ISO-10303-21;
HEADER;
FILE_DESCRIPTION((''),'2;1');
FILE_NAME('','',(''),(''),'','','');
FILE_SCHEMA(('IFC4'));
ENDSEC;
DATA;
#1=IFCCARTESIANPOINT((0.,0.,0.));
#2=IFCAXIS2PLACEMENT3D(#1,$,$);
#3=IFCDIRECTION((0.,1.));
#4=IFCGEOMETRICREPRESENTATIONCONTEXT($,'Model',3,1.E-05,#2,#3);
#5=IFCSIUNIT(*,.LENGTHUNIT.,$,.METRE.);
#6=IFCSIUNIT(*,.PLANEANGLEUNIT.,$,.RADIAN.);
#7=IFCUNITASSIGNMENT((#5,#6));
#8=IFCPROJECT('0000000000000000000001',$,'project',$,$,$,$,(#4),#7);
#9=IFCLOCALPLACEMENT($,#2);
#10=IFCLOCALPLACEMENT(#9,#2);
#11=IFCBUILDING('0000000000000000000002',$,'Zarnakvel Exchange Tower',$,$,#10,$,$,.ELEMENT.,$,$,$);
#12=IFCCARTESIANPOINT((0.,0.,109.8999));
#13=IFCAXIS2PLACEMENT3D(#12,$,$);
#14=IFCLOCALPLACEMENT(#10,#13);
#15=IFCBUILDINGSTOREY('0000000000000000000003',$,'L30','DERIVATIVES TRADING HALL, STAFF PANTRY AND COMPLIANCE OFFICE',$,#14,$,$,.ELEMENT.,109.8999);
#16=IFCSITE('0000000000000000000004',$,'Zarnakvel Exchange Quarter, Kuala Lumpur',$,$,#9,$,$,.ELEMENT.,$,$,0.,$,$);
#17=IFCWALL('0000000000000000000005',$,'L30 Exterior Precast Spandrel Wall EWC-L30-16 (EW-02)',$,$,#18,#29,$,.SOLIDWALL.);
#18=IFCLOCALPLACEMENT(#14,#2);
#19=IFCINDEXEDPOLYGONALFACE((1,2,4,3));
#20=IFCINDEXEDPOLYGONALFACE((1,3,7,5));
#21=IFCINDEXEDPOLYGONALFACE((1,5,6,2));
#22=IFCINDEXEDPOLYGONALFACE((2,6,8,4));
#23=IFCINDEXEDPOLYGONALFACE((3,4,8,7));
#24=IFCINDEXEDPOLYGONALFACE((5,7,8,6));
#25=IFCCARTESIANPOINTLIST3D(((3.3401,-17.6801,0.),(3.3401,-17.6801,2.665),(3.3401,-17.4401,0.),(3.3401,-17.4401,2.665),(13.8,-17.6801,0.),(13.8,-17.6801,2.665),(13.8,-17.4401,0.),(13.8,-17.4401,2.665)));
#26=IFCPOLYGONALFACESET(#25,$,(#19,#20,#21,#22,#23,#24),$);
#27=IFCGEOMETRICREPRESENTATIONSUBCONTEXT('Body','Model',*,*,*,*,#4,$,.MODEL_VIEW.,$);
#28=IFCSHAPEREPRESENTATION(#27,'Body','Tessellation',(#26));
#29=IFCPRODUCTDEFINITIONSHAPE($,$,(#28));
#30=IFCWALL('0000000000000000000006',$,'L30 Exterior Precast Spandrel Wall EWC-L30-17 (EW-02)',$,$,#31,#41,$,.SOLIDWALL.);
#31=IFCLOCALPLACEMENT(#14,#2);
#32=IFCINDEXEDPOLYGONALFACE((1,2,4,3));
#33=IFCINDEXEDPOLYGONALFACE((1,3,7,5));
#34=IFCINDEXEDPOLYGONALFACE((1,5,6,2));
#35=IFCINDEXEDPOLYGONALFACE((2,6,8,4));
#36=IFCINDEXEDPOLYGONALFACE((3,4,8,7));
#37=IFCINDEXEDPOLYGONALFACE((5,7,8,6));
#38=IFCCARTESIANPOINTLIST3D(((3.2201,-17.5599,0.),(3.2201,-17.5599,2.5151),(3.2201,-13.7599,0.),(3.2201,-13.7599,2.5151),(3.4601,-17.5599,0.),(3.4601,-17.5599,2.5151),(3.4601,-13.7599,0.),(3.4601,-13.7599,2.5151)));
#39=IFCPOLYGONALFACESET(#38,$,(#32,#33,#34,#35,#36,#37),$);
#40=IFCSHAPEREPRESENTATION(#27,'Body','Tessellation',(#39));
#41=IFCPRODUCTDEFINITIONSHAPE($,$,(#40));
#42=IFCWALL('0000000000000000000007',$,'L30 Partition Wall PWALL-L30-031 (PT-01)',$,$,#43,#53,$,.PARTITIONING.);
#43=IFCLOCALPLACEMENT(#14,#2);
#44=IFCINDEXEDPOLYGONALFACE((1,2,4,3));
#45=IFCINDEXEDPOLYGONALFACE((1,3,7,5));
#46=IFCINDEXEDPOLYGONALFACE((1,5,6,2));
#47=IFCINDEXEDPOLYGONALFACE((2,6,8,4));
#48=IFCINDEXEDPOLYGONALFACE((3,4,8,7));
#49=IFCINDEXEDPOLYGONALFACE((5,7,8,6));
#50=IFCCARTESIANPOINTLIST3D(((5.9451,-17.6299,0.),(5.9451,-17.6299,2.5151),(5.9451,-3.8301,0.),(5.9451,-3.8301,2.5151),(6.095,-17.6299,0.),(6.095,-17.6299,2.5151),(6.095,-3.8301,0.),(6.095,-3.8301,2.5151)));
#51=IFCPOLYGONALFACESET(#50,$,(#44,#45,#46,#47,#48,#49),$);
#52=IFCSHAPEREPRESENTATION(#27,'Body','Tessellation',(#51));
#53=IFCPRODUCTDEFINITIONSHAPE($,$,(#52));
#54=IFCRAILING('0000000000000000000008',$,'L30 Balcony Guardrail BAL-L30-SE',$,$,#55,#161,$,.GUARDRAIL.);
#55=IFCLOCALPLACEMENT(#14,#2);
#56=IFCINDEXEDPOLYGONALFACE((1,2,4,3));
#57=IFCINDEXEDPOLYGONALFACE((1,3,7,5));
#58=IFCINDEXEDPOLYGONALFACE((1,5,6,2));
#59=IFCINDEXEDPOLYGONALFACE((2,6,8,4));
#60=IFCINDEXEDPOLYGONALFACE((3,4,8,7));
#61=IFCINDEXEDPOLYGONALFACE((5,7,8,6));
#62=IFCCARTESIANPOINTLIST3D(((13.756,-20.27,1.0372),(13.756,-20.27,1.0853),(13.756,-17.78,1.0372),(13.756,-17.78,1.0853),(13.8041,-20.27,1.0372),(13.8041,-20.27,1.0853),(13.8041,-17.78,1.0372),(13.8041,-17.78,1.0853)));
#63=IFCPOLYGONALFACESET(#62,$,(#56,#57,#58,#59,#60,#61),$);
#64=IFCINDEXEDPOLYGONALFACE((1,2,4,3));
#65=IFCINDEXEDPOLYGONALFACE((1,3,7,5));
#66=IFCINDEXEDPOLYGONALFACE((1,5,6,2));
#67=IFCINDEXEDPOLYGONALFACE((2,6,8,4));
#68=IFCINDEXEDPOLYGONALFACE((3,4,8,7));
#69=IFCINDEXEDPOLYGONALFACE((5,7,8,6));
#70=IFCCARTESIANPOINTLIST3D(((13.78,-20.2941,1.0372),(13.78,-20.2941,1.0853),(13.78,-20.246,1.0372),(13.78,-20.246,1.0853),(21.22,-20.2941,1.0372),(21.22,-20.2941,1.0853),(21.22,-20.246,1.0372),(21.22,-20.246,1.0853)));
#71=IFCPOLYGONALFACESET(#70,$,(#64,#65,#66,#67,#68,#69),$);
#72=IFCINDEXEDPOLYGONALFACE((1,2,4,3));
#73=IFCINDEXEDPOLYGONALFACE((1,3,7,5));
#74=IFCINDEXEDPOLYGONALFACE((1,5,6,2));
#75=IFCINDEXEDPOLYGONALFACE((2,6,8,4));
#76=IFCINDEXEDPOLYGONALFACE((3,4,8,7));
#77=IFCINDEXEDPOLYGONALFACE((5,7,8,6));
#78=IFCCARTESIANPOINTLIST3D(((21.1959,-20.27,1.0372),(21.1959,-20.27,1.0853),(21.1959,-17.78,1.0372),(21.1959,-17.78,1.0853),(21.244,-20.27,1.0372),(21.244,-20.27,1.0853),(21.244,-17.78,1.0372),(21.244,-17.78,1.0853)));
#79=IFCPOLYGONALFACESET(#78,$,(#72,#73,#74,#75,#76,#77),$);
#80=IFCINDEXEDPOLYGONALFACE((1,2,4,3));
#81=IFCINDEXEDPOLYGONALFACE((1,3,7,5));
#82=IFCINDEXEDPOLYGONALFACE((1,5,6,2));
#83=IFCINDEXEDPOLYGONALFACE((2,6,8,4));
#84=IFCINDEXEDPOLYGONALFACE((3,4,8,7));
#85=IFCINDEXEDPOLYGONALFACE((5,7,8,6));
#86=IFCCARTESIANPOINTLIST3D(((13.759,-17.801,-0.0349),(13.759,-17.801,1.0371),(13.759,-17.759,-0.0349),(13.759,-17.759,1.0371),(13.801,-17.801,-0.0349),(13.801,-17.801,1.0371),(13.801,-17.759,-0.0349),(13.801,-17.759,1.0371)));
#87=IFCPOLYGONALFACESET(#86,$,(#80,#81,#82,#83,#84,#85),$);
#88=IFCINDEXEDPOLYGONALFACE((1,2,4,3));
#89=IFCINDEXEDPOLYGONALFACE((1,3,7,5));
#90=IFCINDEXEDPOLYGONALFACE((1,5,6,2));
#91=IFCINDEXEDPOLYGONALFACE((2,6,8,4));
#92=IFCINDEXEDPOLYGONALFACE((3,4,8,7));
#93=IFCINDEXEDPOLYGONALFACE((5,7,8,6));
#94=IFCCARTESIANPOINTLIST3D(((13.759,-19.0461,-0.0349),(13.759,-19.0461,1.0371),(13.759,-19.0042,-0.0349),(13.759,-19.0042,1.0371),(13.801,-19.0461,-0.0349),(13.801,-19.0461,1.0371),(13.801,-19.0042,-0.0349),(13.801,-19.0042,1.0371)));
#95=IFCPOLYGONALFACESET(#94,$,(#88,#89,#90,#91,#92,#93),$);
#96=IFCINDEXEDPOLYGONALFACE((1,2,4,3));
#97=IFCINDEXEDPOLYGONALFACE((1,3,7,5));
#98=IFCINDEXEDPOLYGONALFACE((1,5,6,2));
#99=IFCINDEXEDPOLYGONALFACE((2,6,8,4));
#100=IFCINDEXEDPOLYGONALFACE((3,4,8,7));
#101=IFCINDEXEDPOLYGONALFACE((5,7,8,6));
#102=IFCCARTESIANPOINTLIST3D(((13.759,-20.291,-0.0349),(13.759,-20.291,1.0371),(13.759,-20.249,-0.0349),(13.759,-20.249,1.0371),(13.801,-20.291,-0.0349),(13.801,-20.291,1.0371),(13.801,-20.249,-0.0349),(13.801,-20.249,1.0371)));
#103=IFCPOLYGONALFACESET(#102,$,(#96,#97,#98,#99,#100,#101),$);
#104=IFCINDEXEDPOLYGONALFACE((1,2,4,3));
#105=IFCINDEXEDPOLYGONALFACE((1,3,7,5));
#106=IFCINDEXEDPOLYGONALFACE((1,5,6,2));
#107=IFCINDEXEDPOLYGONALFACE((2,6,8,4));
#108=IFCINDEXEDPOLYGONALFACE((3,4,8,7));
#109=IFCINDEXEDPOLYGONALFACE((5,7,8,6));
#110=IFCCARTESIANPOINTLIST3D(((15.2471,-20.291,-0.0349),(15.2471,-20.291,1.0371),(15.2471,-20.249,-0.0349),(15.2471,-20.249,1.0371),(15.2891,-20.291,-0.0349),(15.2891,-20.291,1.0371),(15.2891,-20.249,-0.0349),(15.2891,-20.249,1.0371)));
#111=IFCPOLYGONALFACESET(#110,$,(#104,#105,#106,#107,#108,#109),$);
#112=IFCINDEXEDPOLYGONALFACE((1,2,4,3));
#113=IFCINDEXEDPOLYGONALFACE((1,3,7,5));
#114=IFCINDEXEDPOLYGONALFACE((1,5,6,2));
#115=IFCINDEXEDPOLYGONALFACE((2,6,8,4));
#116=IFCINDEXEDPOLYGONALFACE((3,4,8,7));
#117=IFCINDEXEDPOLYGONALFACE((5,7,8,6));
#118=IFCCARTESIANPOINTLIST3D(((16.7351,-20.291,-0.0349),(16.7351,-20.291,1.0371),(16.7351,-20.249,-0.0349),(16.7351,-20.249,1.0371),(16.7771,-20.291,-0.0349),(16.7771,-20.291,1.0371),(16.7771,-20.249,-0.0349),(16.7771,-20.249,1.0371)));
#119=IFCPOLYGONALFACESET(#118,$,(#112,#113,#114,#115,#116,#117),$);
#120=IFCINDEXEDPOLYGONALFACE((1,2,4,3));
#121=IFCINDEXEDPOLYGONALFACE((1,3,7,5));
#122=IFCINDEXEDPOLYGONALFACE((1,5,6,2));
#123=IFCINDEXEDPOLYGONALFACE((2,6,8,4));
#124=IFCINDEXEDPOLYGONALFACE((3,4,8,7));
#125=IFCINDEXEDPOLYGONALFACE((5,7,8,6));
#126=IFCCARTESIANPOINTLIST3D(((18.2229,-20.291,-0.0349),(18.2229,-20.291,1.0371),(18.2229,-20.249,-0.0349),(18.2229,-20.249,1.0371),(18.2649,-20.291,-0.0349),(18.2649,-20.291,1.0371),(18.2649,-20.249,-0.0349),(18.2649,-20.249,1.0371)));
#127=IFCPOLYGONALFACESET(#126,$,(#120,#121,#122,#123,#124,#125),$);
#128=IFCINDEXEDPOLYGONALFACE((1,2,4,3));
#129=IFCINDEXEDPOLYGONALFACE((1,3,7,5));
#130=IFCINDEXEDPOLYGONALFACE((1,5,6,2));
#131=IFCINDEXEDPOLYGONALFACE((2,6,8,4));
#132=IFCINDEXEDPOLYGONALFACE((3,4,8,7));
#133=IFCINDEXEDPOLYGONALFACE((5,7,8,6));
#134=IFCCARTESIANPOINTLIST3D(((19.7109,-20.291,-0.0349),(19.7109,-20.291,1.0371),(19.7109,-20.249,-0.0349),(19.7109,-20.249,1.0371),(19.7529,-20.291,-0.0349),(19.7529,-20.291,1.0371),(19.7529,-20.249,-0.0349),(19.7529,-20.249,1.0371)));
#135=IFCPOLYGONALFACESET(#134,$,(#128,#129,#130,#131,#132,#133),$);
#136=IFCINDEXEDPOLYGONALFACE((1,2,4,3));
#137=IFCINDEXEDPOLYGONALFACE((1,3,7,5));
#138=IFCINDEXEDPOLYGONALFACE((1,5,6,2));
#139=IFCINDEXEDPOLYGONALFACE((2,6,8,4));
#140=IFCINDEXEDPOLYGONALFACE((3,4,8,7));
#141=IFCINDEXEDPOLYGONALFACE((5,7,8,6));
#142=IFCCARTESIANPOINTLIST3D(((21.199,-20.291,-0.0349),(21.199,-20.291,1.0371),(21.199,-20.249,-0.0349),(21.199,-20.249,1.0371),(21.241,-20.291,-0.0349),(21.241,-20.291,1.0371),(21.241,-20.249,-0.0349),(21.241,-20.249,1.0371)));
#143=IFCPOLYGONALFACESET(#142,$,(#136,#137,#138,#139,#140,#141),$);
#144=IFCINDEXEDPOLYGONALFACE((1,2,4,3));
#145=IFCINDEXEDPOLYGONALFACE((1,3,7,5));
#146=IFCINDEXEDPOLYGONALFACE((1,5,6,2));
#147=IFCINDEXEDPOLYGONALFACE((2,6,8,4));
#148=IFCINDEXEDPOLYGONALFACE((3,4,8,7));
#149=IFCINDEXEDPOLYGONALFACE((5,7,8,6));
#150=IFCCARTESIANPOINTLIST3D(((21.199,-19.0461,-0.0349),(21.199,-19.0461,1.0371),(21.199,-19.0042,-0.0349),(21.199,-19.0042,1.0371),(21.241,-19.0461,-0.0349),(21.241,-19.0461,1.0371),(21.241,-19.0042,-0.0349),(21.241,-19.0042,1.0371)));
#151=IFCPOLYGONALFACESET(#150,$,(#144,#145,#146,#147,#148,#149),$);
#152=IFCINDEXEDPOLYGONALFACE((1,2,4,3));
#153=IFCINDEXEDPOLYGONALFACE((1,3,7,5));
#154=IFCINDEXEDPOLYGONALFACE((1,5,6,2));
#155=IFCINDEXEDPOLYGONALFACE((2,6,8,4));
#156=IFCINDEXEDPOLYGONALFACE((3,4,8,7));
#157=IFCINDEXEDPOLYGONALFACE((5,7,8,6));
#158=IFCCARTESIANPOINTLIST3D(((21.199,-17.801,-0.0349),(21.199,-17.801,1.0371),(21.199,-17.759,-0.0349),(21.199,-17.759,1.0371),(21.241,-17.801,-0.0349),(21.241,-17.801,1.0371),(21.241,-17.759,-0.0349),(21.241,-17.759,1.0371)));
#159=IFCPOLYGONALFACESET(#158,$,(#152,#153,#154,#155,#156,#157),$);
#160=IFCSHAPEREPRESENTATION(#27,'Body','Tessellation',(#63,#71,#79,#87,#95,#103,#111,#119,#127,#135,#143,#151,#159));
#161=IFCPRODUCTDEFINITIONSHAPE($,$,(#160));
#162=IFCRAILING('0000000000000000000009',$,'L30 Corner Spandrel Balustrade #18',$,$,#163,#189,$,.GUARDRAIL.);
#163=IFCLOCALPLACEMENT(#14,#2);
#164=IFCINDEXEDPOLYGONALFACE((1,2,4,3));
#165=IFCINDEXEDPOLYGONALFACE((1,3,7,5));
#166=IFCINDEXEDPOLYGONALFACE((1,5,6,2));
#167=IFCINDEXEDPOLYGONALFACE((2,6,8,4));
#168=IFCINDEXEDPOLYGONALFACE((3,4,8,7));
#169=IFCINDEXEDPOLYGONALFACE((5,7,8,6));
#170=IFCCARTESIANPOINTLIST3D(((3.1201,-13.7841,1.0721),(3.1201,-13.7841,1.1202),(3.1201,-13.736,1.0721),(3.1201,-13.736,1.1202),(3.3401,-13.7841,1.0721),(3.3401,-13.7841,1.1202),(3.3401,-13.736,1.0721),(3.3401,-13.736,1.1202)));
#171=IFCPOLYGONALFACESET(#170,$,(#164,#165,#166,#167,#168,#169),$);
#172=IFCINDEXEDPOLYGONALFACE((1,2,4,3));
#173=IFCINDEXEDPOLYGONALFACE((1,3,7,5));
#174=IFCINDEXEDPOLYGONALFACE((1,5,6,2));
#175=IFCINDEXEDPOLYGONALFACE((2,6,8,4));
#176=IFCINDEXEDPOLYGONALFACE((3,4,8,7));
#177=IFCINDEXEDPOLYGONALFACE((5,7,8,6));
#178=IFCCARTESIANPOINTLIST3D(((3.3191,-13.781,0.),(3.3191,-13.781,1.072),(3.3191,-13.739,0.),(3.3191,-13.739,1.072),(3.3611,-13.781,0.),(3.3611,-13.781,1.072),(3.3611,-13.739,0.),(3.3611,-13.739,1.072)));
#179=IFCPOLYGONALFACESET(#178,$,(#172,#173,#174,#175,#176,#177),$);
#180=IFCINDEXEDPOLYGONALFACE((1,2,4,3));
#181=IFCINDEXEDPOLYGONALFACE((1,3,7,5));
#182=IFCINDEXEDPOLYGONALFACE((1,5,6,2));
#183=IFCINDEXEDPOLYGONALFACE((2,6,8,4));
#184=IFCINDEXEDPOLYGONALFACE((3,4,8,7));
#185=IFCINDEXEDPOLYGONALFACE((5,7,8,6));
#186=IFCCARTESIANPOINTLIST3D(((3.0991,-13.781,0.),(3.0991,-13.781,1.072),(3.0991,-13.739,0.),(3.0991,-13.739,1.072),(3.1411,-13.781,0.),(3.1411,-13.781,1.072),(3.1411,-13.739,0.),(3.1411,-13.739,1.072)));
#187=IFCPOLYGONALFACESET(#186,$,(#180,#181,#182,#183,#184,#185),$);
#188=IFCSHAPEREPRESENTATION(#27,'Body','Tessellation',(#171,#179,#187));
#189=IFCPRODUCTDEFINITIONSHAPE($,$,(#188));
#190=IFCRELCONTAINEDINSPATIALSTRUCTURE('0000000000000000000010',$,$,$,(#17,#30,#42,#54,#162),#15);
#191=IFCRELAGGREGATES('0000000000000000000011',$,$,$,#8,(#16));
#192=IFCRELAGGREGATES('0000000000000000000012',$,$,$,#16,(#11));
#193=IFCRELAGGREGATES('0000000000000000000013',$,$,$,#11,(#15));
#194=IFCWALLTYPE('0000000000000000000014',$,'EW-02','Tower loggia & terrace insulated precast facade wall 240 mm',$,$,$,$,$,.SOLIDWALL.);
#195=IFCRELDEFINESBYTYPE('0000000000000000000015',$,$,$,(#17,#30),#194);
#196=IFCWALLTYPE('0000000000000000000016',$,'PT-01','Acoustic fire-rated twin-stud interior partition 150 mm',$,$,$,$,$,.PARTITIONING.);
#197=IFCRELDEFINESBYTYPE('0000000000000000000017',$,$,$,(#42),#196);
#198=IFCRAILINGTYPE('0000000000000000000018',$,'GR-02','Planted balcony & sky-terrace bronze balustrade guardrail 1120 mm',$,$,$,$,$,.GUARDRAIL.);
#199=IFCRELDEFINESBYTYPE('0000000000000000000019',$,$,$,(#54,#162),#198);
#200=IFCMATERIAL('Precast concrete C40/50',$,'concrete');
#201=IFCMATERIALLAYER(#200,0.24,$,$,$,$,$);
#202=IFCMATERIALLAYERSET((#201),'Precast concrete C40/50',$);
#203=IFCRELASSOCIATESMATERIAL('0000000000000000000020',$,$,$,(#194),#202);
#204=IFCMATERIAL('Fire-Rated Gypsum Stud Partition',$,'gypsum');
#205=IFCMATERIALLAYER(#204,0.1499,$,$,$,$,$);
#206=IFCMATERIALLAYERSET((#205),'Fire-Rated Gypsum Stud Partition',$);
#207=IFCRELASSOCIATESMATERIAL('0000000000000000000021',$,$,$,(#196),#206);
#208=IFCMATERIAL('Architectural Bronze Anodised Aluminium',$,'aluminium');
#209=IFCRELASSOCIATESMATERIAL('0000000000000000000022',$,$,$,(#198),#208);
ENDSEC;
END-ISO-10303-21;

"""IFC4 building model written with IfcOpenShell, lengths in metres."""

from ifc_helpers import new_model, si_unit, direction, frame, frame_2d, origin, origin_2d, place, context, subcontext, project, spatial, rectangle, extrude, material, layer, layer_set, type_object, element, save


model = new_model("IFC4")

# Units and contexts
model_context = context("Model", 3, precision=1e-05, world=origin(), true_north=direction((0.0, 1.0)))
body_context = subcontext(model_context, "Body", "Model", "MODEL_VIEW")
ifc_project = project(units=[si_unit("LENGTHUNIT", "METRE"), si_unit("PLANEANGLEUNIT", "RADIAN")], contexts=[model_context])

# Site, building, storey
site_placement = place(None, origin())
site = spatial("IfcSite", under=ifc_project, at=site_placement, Name="Zarnakvel Exchange Quarter, Kuala Lumpur", CompositionType="ELEMENT", RefElevation=0.0)
building_placement = place(site_placement, origin())
building = spatial("IfcBuilding", under=site, at=building_placement, Name="Zarnakvel Exchange Tower", CompositionType="ELEMENT")
storey_placement = place(building_placement, frame((0.0, 0.0, 109.8999)))
storey = spatial("IfcBuildingStorey", under=building, at=storey_placement, Name="L30", Description="DERIVATIVES TRADING HALL, STAFF PANTRY AND COMPLIANCE OFFICE", CompositionType="ELEMENT", Elevation=109.8999)

# Shared definitions
ifc_material_1 = material(Name="Architectural Bronze Anodised Aluminium", Category="aluminium")

# Walls
ifc_material_2 = material(Name="Precast concrete C40/50", Category="concrete")
ifc_layer_1 = layer(ifc_material_2, 0.24)
ifc_layer_set_1 = layer_set([ifc_layer_1], Name="Precast concrete C40/50")
wall_type_1 = type_object("IfcWallType", Name="EW-02", Description="Tower loggia & terrace insulated precast facade wall 240 mm", PredefinedType="SOLIDWALL", material=ifc_layer_set_1)
wall_1_placement = place(storey_placement, frame((3.3401, -17.5601, 0.0), z_axis=(0.0, 0.0, 1.0), x_axis=(1.0, 0.0, 0.0)))
element("IfcWall", 1, at=wall_1_placement, inside=storey, type_object=wall_type_1, Name="L30 Exterior Precast Spandrel Wall EWC-L30-16 (EW-02)", PredefinedType="SOLIDWALL", context=body_context, shape_type="SweptSolid", body=[
    extrude(rectangle(XDim=10.46, YDim=0.24, at=frame_2d((5.23, 0.0))), origin(), (0.0, 0.0, 1.0), 2.665),
])
wall_2_placement = place(storey_placement, frame((3.3401, -13.76, 0.0), z_axis=(0.0, 0.0, 1.0), x_axis=(0.0, -1.0, 0.0)))
element("IfcWall", 2, at=wall_2_placement, inside=storey, type_object=wall_type_1, Name="L30 Exterior Precast Spandrel Wall EWC-L30-17 (EW-02)", PredefinedType="SOLIDWALL", context=body_context, shape_type="SweptSolid", body=[
    extrude(rectangle(XDim=3.8, YDim=0.24, at=frame_2d((1.8999, 0.0))), origin(), (0.0, 0.0, 1.0), 2.5151),
])
ifc_material_3 = material(Name="Fire-Rated Gypsum Stud Partition", Category="gypsum")
ifc_layer_2 = layer(ifc_material_3, 0.1499)
ifc_layer_set_2 = layer_set([ifc_layer_2], Name="Fire-Rated Gypsum Stud Partition")
wall_type_2 = type_object("IfcWallType", Name="PT-01", Description="Acoustic fire-rated twin-stud interior partition 150 mm", PredefinedType="PARTITIONING", material=ifc_layer_set_2)
wall_3_placement = place(storey_placement, frame((6.02, -17.6299, 0.0), z_axis=(0.0, 0.0, 1.0), x_axis=(0.0, 1.0, 0.0)))
element("IfcWall", 3, at=wall_3_placement, inside=storey, type_object=wall_type_2, Name="L30 Partition Wall PWALL-L30-031 (PT-01)", PredefinedType="PARTITIONING", context=body_context, shape_type="SweptSolid", body=[
    extrude(rectangle(XDim=13.7998, YDim=0.1499, at=frame_2d((6.8999, 0.0))), origin(), (0.0, 0.0, 1.0), 2.5151),
])

# Railings
railing_type = type_object("IfcRailingType", Name="GR-02", Description="Planted balcony & sky-terrace bronze balustrade guardrail 1120 mm", PredefinedType="GUARDRAIL", material=ifc_material_1)
railing_1_placement = place(storey_placement, frame((13.78, -17.78, -0.0349)))
element("IfcRailing", 4, at=railing_1_placement, inside=storey, type_object=railing_type, Name="L30 Balcony Guardrail BAL-L30-SE", PredefinedType="GUARDRAIL", context=body_context, shape_type="SweptSolid", body=[
    extrude(rectangle(XDim=0.0481, YDim=0.0481, at=origin_2d()), frame((0.0, 0.0, 1.0962), z_axis=(0.0, -1.0, 0.0), x_axis=(1.0, 0.0, 0.0)), (0.0, 0.0, 1.0), 2.49),
    extrude(rectangle(XDim=0.0481, YDim=0.0481, at=origin_2d()), frame((0.0, -2.49, 1.0962), z_axis=(1.0, 0.0, 0.0), x_axis=(0.0, 1.0, 0.0)), (0.0, 0.0, 1.0), 7.4399),
    extrude(rectangle(XDim=0.0481, YDim=0.0481, at=origin_2d()), frame((7.4399, -2.49, 1.0962), z_axis=(0.0, 1.0, 0.0), x_axis=(-1.0, 0.0, 0.0)), (0.0, 0.0, 1.0), 2.49),
    extrude(rectangle(XDim=0.042, YDim=0.042, at=origin_2d()), origin(), (0.0, 0.0, 1.0), 1.072),
    extrude(rectangle(XDim=0.042, YDim=0.042, at=origin_2d()), frame((0.0, -1.2451, 0.0)), (0.0, 0.0, 1.0), 1.072),
    extrude(rectangle(XDim=0.042, YDim=0.042, at=origin_2d()), frame((0.0, -2.49, 0.0)), (0.0, 0.0, 1.0), 1.072),
    extrude(rectangle(XDim=0.042, YDim=0.042, at=origin_2d()), frame((1.488, -2.49, 0.0)), (0.0, 0.0, 1.0), 1.072),
    extrude(rectangle(XDim=0.042, YDim=0.042, at=origin_2d()), frame((2.9761, -2.49, 0.0)), (0.0, 0.0, 1.0), 1.072),
    extrude(rectangle(XDim=0.042, YDim=0.042, at=origin_2d()), frame((4.4639, -2.49, 0.0)), (0.0, 0.0, 1.0), 1.072),
    extrude(rectangle(XDim=0.042, YDim=0.042, at=origin_2d()), frame((5.9519, -2.49, 0.0)), (0.0, 0.0, 1.0), 1.072),
    extrude(rectangle(XDim=0.042, YDim=0.042, at=origin_2d()), frame((7.4399, -2.49, 0.0)), (0.0, 0.0, 1.0), 1.072),
    extrude(rectangle(XDim=0.042, YDim=0.042, at=origin_2d()), frame((7.4399, -1.2451, 0.0)), (0.0, 0.0, 1.0), 1.072),
    extrude(rectangle(XDim=0.042, YDim=0.042, at=origin_2d()), frame((7.4399, 0.0, 0.0)), (0.0, 0.0, 1.0), 1.072),
])
railing_2_placement = place(storey_placement, frame((3.3401, -13.76, 0.0)))
element("IfcRailing", 5, at=railing_2_placement, inside=storey, type_object=railing_type, Name="L30 Corner Spandrel Balustrade #18", PredefinedType="GUARDRAIL", context=body_context, shape_type="SweptSolid", body=[
    extrude(rectangle(XDim=0.0481, YDim=0.0481, at=origin_2d()), frame((0.0, 0.0, 1.0962), z_axis=(-1.0, 0.0, 0.0), x_axis=(0.0, -1.0, 0.0)), (0.0, 0.0, 1.0), 0.22),
    extrude(rectangle(XDim=0.042, YDim=0.042, at=origin_2d()), origin(), (0.0, 0.0, 1.0), 1.072),
    extrude(rectangle(XDim=0.042, YDim=0.042, at=origin_2d()), frame((-0.22, 0.0, 0.0)), (0.0, 0.0, 1.0), 1.072),
])

save(model, "model.ifc")
